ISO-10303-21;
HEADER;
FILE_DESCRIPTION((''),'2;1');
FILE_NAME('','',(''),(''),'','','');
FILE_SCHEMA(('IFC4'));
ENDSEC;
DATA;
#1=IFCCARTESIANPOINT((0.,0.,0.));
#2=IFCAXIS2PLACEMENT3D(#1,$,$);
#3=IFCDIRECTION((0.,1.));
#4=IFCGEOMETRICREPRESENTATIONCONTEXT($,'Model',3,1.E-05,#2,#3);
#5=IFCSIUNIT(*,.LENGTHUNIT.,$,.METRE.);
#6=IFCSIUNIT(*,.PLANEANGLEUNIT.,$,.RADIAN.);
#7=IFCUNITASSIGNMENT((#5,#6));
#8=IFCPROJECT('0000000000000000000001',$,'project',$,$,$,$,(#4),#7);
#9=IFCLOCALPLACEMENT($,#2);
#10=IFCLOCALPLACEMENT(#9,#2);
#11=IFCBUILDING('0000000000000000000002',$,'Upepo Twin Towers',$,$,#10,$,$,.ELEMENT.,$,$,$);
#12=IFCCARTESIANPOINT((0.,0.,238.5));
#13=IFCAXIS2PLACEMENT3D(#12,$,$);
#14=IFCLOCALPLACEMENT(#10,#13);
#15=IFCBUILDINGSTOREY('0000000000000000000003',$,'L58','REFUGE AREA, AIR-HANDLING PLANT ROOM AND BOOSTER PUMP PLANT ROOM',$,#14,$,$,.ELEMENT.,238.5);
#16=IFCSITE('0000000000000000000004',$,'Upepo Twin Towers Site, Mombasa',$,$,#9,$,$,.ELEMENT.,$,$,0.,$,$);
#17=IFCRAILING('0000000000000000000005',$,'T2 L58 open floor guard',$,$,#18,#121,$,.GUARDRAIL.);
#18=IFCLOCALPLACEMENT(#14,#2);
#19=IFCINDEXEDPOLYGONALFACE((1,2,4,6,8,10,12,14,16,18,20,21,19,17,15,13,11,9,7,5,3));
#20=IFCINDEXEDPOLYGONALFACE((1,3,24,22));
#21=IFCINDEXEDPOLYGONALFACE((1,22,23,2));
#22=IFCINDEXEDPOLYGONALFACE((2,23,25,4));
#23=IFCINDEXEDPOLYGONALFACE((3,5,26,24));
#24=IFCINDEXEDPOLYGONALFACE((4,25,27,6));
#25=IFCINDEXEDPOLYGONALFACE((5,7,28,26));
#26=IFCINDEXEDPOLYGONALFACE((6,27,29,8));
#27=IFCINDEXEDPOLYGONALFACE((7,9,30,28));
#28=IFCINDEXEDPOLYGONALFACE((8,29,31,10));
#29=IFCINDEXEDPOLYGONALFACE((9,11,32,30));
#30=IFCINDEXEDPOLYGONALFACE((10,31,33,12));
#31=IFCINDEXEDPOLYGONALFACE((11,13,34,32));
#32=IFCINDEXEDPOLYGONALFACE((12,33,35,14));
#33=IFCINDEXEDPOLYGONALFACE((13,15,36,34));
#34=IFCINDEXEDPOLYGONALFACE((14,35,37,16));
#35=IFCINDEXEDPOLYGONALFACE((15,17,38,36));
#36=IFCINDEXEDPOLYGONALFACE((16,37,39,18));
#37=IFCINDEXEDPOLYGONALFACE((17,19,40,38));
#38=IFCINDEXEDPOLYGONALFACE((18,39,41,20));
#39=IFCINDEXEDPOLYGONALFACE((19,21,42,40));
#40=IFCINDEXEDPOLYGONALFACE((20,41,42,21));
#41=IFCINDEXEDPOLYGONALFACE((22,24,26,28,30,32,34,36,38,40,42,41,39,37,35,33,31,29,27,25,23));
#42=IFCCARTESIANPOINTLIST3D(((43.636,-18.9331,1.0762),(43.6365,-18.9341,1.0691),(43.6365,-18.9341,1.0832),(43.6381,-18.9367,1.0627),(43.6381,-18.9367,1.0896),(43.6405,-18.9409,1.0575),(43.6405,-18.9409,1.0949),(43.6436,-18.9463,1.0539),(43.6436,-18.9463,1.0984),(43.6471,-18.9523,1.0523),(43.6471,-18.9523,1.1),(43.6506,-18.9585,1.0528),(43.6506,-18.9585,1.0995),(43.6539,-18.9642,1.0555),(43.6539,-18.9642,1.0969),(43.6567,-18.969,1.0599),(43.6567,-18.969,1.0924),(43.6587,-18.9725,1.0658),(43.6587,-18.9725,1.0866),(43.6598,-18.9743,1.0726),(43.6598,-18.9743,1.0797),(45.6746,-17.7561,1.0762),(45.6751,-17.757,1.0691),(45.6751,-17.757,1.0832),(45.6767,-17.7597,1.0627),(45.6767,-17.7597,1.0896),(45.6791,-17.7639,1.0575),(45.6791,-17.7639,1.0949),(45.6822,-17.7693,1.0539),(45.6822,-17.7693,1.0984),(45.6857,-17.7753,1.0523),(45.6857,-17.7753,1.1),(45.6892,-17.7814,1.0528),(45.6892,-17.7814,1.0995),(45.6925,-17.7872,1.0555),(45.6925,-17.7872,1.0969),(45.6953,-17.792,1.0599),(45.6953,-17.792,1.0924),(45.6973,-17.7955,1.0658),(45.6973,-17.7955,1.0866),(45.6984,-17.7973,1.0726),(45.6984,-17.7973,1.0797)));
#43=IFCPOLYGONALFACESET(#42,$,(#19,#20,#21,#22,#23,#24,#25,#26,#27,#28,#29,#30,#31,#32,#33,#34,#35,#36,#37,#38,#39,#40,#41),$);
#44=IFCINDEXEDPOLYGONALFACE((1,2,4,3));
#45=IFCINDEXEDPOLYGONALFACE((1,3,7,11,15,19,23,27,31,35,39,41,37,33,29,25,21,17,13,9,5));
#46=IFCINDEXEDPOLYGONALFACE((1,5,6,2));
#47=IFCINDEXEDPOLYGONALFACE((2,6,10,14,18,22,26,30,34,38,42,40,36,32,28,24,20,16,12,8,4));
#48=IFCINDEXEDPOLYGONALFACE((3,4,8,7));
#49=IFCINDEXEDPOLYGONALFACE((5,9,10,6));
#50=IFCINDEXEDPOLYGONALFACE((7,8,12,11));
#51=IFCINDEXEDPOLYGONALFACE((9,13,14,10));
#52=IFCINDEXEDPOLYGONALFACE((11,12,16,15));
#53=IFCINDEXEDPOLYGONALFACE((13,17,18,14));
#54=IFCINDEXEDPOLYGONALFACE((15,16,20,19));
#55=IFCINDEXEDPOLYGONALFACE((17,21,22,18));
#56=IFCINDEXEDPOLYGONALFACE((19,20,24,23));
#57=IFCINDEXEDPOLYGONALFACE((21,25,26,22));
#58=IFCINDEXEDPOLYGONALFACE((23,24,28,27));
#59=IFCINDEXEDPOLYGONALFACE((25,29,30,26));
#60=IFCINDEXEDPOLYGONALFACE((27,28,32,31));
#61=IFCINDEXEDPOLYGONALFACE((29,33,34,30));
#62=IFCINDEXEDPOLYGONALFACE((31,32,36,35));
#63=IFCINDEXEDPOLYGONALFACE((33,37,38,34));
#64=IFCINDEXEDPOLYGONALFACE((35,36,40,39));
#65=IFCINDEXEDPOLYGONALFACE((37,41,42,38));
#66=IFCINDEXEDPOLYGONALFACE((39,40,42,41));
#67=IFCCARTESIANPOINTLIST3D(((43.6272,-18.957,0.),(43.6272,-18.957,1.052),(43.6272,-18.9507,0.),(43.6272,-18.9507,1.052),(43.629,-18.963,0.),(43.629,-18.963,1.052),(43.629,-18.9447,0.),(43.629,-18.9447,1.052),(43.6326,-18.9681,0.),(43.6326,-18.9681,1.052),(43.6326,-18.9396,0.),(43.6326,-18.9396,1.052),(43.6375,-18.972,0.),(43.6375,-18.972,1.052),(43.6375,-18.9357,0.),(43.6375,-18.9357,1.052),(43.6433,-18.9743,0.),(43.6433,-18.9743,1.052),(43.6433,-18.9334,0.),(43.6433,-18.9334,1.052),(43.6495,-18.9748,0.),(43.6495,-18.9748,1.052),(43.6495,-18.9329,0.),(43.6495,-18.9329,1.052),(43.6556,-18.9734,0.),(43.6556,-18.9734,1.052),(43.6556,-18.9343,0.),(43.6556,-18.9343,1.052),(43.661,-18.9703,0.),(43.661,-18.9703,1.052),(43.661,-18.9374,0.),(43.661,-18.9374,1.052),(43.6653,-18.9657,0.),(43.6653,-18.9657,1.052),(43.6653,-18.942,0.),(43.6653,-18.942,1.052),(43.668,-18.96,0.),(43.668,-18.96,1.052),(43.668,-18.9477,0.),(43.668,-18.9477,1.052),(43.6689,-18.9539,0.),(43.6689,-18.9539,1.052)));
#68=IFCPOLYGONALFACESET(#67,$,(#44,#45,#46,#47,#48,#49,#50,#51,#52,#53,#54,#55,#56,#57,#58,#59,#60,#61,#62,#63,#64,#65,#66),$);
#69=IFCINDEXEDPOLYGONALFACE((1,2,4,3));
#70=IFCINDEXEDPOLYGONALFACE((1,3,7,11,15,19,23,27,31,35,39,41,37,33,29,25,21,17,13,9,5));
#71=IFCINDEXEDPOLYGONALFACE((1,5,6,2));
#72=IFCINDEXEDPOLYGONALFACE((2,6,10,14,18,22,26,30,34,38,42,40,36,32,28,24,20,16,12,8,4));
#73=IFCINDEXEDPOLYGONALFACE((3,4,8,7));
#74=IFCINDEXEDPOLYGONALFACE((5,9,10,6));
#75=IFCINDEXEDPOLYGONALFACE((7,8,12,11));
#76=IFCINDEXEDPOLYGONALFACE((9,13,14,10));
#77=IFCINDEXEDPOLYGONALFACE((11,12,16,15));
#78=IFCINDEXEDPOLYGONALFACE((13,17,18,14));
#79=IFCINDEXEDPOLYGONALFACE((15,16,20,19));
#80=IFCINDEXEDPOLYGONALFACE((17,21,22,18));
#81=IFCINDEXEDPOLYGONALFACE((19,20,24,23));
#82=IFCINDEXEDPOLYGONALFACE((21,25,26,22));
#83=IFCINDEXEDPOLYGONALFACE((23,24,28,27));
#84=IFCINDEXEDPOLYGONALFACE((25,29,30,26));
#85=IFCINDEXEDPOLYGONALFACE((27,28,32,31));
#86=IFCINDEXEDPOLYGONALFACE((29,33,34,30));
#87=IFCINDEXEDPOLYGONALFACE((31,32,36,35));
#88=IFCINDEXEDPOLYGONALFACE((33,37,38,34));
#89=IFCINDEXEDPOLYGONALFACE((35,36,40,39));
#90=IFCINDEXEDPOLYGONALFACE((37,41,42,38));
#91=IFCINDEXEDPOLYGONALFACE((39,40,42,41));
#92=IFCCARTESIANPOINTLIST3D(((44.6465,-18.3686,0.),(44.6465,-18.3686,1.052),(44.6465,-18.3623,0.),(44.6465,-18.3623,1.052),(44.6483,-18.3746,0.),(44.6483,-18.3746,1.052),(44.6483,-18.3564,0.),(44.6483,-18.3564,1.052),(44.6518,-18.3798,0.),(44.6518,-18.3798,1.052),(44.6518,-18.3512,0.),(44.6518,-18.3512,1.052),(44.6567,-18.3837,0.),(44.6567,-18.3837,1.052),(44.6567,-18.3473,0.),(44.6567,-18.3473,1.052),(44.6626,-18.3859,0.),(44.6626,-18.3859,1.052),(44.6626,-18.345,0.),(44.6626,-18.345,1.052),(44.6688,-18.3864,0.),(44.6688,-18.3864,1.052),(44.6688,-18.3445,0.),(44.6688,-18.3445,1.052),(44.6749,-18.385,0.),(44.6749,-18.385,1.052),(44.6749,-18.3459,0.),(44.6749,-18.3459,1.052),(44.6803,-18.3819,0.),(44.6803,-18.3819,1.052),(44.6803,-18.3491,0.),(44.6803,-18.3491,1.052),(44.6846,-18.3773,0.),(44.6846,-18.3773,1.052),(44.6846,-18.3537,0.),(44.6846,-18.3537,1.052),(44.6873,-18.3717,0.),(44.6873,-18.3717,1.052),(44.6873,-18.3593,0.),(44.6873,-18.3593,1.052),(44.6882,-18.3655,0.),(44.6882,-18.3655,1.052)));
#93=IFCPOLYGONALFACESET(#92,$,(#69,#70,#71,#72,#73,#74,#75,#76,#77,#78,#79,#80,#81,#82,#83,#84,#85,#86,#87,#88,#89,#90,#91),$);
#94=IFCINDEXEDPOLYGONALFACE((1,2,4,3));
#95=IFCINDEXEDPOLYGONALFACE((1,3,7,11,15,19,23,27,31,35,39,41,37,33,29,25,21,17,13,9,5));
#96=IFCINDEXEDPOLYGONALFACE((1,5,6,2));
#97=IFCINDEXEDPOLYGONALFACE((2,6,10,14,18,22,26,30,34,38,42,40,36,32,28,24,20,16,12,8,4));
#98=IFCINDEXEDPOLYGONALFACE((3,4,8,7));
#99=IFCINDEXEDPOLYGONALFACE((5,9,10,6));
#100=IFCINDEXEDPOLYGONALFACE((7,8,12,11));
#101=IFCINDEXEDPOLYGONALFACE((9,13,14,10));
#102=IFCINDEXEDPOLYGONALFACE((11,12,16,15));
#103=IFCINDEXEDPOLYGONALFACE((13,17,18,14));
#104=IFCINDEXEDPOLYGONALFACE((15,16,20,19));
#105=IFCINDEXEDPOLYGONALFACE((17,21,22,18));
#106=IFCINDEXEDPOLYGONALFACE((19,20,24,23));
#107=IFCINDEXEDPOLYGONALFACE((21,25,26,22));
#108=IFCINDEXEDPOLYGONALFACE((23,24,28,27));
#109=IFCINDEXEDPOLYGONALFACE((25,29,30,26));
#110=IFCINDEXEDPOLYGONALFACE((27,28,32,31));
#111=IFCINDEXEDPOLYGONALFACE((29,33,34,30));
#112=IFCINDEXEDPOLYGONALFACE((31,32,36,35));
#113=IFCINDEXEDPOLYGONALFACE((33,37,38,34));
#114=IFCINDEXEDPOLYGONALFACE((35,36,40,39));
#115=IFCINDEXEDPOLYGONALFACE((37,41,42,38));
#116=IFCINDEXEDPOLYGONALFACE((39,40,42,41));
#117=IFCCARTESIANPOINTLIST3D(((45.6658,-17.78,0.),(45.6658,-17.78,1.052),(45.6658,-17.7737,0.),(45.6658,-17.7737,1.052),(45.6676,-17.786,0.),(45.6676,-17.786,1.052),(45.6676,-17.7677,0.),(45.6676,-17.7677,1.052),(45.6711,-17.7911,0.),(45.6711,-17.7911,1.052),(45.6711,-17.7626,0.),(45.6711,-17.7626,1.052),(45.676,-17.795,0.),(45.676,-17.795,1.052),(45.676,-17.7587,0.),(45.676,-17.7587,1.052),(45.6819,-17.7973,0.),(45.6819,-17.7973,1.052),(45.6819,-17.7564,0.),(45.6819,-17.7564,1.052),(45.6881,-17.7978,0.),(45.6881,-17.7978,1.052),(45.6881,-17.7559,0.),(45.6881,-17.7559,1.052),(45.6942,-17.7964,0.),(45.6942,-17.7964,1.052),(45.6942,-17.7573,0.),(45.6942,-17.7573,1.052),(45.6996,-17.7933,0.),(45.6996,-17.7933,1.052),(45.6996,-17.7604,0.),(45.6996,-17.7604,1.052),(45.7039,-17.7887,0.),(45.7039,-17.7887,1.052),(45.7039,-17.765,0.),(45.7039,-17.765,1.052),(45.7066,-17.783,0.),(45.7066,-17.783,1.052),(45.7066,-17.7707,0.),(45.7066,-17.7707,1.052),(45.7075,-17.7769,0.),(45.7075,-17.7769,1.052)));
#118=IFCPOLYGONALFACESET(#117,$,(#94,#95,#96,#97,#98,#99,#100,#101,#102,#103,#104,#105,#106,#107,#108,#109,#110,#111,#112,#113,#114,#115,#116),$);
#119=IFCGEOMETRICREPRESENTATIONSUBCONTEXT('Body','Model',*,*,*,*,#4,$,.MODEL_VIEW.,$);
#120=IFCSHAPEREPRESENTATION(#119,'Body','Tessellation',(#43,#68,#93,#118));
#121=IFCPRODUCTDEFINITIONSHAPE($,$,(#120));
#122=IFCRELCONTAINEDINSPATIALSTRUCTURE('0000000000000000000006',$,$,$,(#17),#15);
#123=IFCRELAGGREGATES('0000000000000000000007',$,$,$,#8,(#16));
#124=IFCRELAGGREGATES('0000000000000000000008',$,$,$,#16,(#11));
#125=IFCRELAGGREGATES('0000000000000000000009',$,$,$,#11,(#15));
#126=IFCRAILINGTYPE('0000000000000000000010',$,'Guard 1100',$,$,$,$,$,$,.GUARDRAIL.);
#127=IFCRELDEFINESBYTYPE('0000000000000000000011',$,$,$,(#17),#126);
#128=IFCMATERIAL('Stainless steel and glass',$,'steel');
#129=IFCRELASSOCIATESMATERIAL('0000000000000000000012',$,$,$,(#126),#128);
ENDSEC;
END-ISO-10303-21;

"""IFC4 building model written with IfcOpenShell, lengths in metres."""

from ifc_helpers import new_model, si_unit, direction, frame, origin, origin_2d, place, context, subcontext, project, spatial, circle, extrude, material, type_object, element, save


model = new_model("IFC4")

# Units and contexts
model_context = context("Model", 3, precision=1e-05, world=origin(), true_north=direction((0.0, 1.0)))
body_context = subcontext(model_context, "Body", "Model", "MODEL_VIEW")
ifc_project = project(units=[si_unit("LENGTHUNIT", "METRE"), si_unit("PLANEANGLEUNIT", "RADIAN")], contexts=[model_context])

# Site, building, storey
site_placement = place(None, origin())
site = spatial("IfcSite", under=ifc_project, at=site_placement, Name="Upepo Twin Towers Site, Mombasa", CompositionType="ELEMENT", RefElevation=0.0)
building_placement = place(site_placement, origin())
building = spatial("IfcBuilding", under=site, at=building_placement, Name="Upepo Twin Towers", CompositionType="ELEMENT")
storey_placement = place(building_placement, frame((0.0, 0.0, 238.5)))
storey = spatial("IfcBuildingStorey", under=building, at=storey_placement, Name="L58", Description="REFUGE AREA, AIR-HANDLING PLANT ROOM AND BOOSTER PUMP PLANT ROOM", CompositionType="ELEMENT", Elevation=238.5)

# Railing
ifc_material_1 = material(Name="Stainless steel and glass", Category="steel")
railing_type = type_object("IfcRailingType", Name="Guard 1100", PredefinedType="GUARDRAIL", material=ifc_material_1)
railing_1_placement = place(storey_placement, frame((43.6479, -18.9539, 0.0)))
element("IfcRailing", 1, at=railing_1_placement, inside=storey, type_object=railing_type, Name="T2 L58 open floor guard", PredefinedType="GUARDRAIL", context=body_context, shape_type="SweptSolid", body=[
    extrude(circle(Radius=0.0239, at=origin_2d()), frame((0.0, 0.0, 1.0762), z_axis=(0.86602, 0.50001, 0.0), x_axis=(-0.50001, 0.86602, 0.0)), (0.0, 0.0, 1.0), 2.354),
    extrude(circle(Radius=0.021, at=origin_2d()), origin(), (0.0, 0.0, 1.0), 1.052),
    extrude(circle(Radius=0.021, at=origin_2d()), frame((1.0193, 0.5884, 0.0)), (0.0, 0.0, 1.0), 1.052),
    extrude(circle(Radius=0.021, at=origin_2d()), frame((2.0386, 1.177, 0.0)), (0.0, 0.0, 1.0), 1.052),
])

save(model, "model.ifc")
